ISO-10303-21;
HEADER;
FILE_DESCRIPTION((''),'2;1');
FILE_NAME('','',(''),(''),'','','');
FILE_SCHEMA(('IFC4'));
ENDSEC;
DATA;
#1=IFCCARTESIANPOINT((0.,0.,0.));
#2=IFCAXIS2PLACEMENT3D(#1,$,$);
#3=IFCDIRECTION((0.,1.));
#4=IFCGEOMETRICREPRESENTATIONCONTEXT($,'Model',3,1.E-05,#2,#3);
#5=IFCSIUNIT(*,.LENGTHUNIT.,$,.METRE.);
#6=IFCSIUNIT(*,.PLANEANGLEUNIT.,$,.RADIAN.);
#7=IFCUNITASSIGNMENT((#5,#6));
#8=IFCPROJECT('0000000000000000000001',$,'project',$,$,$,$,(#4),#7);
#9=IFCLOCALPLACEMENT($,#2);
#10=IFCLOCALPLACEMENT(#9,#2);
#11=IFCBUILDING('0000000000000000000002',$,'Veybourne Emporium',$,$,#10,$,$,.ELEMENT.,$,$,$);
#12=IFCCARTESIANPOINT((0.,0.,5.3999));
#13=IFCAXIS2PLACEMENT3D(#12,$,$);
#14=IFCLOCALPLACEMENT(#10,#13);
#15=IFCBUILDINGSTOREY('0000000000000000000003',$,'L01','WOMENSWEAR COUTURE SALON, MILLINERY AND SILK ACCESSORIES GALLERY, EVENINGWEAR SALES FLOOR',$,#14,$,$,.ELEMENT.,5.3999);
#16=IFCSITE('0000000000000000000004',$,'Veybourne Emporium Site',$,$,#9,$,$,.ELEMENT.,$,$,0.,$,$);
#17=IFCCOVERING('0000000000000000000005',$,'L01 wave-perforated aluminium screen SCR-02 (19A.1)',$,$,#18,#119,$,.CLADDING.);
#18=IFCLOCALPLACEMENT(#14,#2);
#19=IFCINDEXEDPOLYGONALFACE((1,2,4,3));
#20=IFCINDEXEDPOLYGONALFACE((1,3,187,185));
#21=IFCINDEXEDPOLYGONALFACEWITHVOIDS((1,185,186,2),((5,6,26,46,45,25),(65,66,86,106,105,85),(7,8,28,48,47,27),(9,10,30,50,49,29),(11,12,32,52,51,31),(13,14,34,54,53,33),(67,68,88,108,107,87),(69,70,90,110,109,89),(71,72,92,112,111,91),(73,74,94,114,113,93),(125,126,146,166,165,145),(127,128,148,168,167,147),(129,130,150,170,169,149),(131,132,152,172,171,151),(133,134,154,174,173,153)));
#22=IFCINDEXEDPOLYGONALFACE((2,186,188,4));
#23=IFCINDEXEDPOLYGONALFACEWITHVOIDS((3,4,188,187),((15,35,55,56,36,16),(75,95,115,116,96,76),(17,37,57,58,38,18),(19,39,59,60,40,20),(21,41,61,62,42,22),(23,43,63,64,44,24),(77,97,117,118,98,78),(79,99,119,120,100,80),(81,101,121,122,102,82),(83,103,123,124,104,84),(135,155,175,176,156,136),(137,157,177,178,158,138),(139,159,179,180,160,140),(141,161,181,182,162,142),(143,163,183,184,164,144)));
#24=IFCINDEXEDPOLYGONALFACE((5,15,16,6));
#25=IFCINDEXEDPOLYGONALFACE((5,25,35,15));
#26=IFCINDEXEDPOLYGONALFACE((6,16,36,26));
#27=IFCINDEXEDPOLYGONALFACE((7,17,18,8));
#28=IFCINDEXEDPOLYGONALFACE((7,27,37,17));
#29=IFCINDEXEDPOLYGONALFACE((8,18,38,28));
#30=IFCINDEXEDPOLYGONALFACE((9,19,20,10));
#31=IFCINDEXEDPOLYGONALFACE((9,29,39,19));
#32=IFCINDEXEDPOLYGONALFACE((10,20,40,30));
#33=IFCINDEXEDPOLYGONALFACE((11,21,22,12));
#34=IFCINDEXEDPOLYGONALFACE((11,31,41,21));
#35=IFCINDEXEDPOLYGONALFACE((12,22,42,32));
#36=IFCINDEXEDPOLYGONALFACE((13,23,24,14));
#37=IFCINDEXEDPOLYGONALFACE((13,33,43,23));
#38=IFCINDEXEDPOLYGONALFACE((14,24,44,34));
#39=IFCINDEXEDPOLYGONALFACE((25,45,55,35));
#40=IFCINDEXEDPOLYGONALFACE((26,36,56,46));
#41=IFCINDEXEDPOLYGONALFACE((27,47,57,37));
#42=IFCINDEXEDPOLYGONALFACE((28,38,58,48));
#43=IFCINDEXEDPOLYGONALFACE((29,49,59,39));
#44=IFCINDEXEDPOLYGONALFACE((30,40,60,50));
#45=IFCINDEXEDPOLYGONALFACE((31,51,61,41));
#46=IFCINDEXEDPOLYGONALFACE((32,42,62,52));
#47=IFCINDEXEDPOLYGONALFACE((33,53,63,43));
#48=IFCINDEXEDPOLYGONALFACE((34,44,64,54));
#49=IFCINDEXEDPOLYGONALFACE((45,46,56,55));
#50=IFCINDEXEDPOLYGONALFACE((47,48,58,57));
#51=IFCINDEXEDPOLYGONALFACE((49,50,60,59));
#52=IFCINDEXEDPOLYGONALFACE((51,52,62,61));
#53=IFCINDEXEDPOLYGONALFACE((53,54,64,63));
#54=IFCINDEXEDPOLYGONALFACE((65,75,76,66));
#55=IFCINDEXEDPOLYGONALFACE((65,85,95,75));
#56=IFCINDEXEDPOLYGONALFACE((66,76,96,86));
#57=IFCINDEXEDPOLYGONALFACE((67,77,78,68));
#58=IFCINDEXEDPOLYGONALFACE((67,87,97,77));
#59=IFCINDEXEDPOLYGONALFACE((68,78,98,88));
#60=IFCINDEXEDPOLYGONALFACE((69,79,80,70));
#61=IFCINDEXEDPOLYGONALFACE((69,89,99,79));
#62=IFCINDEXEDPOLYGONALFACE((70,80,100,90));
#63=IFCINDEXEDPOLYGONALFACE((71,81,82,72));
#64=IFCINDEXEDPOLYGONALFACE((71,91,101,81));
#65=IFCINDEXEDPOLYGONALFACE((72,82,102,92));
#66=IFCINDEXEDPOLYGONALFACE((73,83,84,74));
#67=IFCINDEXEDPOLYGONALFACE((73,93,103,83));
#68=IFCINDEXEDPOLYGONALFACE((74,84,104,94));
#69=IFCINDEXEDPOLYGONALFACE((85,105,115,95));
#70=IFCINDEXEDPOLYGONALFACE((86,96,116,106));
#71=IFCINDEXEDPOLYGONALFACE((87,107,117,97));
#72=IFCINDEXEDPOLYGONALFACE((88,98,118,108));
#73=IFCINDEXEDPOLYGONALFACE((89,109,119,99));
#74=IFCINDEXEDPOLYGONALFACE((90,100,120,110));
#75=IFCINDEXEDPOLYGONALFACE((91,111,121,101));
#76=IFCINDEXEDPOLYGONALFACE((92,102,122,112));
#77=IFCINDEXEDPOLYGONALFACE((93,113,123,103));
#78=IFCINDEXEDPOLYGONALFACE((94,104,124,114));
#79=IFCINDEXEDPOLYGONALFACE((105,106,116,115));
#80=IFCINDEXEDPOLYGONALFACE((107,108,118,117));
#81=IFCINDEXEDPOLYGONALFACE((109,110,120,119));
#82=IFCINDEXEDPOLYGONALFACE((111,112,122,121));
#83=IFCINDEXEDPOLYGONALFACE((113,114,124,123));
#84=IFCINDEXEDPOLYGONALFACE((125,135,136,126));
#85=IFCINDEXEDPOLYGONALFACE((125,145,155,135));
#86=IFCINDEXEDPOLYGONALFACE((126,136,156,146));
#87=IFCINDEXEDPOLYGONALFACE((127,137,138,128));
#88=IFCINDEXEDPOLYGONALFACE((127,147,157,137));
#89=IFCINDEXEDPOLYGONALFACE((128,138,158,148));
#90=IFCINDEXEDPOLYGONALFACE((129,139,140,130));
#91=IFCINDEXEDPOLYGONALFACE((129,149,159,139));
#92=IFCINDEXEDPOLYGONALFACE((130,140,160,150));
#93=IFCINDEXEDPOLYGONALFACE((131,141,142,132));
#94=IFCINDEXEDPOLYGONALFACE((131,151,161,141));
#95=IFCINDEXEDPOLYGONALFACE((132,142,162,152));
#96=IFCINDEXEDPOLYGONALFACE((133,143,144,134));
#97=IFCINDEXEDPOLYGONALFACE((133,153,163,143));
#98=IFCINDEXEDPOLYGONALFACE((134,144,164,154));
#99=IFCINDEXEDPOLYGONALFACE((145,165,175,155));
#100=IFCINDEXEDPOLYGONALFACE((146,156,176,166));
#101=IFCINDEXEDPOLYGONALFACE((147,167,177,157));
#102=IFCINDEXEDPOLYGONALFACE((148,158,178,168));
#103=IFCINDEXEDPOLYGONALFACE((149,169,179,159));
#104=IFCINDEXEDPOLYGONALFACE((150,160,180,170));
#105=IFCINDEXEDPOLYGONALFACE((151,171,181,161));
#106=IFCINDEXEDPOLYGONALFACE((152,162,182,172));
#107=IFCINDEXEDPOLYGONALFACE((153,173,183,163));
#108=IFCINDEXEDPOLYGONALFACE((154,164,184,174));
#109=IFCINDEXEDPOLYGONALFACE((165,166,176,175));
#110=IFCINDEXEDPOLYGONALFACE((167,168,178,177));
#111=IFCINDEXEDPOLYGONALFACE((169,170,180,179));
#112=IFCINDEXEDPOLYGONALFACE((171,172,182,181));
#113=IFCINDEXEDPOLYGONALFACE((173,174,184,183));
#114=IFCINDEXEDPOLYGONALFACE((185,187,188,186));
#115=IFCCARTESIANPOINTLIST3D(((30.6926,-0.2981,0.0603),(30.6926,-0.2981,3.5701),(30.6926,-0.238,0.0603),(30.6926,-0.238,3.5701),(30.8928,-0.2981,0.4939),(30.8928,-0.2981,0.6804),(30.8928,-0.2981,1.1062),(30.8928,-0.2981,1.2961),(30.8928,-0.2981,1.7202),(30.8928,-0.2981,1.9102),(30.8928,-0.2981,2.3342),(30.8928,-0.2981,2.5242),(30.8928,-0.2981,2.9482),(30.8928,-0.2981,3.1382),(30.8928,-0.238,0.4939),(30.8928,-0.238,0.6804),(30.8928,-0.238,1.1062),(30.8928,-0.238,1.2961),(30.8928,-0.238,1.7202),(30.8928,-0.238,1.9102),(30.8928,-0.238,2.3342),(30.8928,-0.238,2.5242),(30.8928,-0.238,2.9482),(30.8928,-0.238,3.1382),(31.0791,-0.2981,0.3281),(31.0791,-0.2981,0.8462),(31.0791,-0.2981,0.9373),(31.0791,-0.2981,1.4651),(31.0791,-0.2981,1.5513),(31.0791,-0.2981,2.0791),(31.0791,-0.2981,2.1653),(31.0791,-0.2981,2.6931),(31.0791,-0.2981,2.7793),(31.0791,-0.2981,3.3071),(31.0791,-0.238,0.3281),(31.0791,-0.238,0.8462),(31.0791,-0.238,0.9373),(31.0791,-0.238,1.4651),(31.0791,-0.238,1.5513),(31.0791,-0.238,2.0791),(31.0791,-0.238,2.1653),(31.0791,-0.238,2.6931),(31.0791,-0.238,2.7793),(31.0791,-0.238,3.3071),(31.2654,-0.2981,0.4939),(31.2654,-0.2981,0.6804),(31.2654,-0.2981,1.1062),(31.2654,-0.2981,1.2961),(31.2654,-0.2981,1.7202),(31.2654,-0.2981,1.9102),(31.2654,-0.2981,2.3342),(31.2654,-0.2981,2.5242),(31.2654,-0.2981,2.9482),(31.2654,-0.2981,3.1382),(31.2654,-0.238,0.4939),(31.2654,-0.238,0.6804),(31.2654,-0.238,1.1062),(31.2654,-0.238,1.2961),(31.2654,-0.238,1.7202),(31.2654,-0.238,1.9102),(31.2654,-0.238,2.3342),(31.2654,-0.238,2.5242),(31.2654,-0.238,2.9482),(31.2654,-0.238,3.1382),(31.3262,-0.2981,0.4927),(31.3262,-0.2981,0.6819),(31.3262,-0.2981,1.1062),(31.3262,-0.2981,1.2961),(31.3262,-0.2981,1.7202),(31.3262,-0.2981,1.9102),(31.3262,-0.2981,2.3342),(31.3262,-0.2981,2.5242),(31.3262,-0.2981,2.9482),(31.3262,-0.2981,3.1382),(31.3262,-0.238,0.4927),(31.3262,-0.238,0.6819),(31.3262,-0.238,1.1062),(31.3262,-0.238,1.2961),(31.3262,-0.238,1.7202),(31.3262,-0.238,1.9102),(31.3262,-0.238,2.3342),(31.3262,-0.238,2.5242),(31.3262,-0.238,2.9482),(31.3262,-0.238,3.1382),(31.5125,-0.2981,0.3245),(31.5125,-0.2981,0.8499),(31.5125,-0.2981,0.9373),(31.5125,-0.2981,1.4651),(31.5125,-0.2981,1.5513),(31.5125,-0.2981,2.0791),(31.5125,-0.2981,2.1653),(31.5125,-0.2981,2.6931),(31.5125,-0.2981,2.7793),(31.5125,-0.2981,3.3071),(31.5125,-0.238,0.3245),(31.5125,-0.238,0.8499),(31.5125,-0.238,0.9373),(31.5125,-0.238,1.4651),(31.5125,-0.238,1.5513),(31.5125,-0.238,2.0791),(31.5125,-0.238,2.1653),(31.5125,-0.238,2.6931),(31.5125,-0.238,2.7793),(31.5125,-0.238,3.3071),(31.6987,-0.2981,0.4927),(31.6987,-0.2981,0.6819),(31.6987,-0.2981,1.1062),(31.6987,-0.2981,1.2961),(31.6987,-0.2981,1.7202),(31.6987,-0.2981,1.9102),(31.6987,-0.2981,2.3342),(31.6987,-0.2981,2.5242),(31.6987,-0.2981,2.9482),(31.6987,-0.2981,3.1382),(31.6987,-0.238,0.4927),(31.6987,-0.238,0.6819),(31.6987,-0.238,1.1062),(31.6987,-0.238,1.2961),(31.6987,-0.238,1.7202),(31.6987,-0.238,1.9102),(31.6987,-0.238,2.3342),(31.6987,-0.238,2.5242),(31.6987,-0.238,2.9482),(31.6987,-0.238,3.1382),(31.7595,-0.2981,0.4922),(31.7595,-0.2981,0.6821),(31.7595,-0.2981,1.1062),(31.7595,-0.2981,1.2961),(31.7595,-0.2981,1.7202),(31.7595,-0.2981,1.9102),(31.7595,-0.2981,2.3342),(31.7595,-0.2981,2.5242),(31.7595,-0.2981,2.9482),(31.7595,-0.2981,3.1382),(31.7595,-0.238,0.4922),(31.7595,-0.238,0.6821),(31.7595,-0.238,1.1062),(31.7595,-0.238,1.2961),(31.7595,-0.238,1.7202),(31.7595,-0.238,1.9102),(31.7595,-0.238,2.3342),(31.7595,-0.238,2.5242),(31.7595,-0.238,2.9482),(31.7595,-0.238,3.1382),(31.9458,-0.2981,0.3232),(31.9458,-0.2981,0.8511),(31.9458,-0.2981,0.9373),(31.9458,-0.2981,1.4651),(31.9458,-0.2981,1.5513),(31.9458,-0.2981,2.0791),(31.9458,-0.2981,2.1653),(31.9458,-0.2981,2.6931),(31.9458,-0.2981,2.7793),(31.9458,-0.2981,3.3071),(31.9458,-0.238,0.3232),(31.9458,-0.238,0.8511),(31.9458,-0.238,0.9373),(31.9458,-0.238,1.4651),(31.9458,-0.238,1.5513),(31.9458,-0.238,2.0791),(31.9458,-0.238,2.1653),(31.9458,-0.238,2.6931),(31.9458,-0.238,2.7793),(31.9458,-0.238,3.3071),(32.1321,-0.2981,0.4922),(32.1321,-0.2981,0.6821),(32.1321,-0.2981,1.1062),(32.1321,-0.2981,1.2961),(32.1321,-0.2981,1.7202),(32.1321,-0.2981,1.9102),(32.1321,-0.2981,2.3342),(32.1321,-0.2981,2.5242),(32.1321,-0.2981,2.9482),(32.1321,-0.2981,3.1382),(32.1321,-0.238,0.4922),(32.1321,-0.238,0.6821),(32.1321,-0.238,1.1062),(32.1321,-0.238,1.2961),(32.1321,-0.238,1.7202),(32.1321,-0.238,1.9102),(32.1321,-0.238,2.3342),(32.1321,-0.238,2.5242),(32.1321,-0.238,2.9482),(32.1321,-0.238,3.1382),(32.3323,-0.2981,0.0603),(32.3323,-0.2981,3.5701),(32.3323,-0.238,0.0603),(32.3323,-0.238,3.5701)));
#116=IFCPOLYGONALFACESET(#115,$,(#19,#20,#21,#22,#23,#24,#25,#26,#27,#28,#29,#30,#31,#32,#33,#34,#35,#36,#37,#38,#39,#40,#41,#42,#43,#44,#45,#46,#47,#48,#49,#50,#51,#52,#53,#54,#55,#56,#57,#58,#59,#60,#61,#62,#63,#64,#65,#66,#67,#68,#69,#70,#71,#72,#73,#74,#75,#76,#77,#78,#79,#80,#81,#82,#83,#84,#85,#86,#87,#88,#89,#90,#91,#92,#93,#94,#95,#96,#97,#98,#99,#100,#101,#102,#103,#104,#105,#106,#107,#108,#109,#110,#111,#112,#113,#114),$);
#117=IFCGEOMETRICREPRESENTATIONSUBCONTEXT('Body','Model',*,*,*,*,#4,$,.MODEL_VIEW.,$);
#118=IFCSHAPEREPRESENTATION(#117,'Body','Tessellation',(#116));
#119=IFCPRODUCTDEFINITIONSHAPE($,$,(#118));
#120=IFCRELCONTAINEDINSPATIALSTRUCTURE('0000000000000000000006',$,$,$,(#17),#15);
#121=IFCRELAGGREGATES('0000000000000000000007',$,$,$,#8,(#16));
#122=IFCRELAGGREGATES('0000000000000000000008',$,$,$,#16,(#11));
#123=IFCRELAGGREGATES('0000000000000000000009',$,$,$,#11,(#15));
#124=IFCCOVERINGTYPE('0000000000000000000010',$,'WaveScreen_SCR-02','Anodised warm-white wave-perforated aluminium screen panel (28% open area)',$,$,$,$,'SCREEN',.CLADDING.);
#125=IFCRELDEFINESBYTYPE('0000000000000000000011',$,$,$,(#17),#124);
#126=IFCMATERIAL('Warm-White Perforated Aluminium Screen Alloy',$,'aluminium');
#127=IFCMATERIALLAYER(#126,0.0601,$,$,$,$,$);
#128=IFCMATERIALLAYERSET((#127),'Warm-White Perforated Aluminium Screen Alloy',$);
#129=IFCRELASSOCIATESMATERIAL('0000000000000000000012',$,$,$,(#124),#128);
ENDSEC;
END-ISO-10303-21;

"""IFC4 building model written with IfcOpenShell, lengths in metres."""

from ifc_helpers import new_model, si_unit, direction, frame, origin, place, context, subcontext, project, spatial, polyline, outline, extrude, material, layer, layer_set, type_object, element, save


model = new_model("IFC4")

# Units and contexts
model_context = context("Model", 3, precision=1e-05, world=origin(), true_north=direction((0.0, 1.0)))
body_context = subcontext(model_context, "Body", "Model", "MODEL_VIEW")
ifc_project = project(units=[si_unit("LENGTHUNIT", "METRE"), si_unit("PLANEANGLEUNIT", "RADIAN")], contexts=[model_context])

# Site, building, storey
site_placement = place(None, origin())
site = spatial("IfcSite", under=ifc_project, at=site_placement, Name="Veybourne Emporium Site", CompositionType="ELEMENT", RefElevation=0.0)
building_placement = place(site_placement, origin())
building = spatial("IfcBuilding", under=site, at=building_placement, Name="Veybourne Emporium", CompositionType="ELEMENT")
storey_placement = place(building_placement, frame((0.0, 0.0, 5.3999)))
storey = spatial("IfcBuildingStorey", under=building, at=storey_placement, Name="L01", Description="WOMENSWEAR COUTURE SALON, MILLINERY AND SILK ACCESSORIES GALLERY, EVENINGWEAR SALES FLOOR", CompositionType="ELEMENT", Elevation=5.3999)

# Covering
ifc_material_1 = material(Name="Warm-White Perforated Aluminium Screen Alloy", Category="aluminium")
ifc_layer_1 = layer(ifc_material_1, 0.0601)
ifc_layer_set_1 = layer_set([ifc_layer_1], Name="Warm-White Perforated Aluminium Screen Alloy")
covering_type_1 = type_object("IfcCoveringType", Name="WaveScreen_SCR-02", Description="Anodised warm-white wave-perforated aluminium screen panel (28% open area)", ElementType="SCREEN", PredefinedType="CLADDING", material=ifc_layer_set_1)
covering_1_placement = place(storey_placement, frame((31.5125, -0.2981, 1.8152), z_axis=(0.0, 1.0, 0.0), x_axis=(-1.0, 0.0, 0.0)))
element("IfcCovering", 1, at=covering_1_placement, inside=storey, type_object=covering_type_1, Name="L01 wave-perforated aluminium screen SCR-02 (19A.1)", PredefinedType="CLADDING", context=body_context, shape_type="SweptSolid", body=[
    extrude(outline(polyline([(-0.8198, -1.7549), (0.8198, -1.7549), (0.8198, 1.7549), (-0.8198, 1.7549), (-0.8198, -1.7549)]), holes=[polyline([(-0.4333, -0.9641), (-0.2471, -1.1331), (-0.2471, -1.323), (-0.4333, -1.4919), (-0.6196, -1.323), (-0.6196, -1.1331), (-0.4333, -0.9641)]), polyline([(-0.4333, -0.3501), (-0.2471, -0.519), (-0.2471, -0.709), (-0.4333, -0.8779), (-0.6196, -0.709), (-0.6196, -0.519), (-0.4333, -0.3501)]), polyline([(-0.4333, 0.2639), (-0.2471, 0.095), (-0.2471, -0.095), (-0.4333, -0.2639), (-0.6196, -0.095), (-0.6196, 0.095), (-0.4333, 0.2639)]), polyline([(-0.4333, 0.8779), (-0.2471, 0.709), (-0.2471, 0.519), (-0.4333, 0.3501), (-0.6196, 0.519), (-0.6196, 0.709), (-0.4333, 0.8779)]), polyline([(-0.4333, 1.4919), (-0.2471, 1.323), (-0.2471, 1.1331), (-0.4333, 0.9641), (-0.6196, 1.1331), (-0.6196, 1.323), (-0.4333, 1.4919)]), polyline([(0.0, -0.9653), (0.1863, -1.1333), (0.1863, -1.3225), (0.0, -1.4907), (-0.1863, -1.3225), (-0.1863, -1.1333), (0.0, -0.9653)]), polyline([(0.0, -0.3501), (0.1863, -0.519), (0.1863, -0.709), (0.0, -0.8779), (-0.1863, -0.709), (-0.1863, -0.519), (0.0, -0.3501)]), polyline([(0.0, 0.2639), (0.1863, 0.095), (0.1863, -0.095), (0.0, -0.2639), (-0.1863, -0.095), (-0.1863, 0.095), (0.0, 0.2639)]), polyline([(0.0, 0.8779), (0.1863, 0.709), (0.1863, 0.519), (0.0, 0.3501), (-0.1863, 0.519), (-0.1863, 0.709), (0.0, 0.8779)]), polyline([(0.0, 1.4919), (0.1863, 1.323), (0.1863, 1.1331), (0.0, 0.9641), (-0.1863, 1.1331), (-0.1863, 1.323), (0.0, 1.4919)]), polyline([(0.4333, -0.969), (0.6196, -1.1348), (0.6196, -1.3213), (0.4333, -1.4871), (0.2471, -1.3213), (0.2471, -1.1348), (0.4333, -0.969)]), polyline([(0.4333, -0.3501), (0.6196, -0.519), (0.6196, -0.709), (0.4333, -0.8779), (0.2471, -0.709), (0.2471, -0.519), (0.4333, -0.3501)]), polyline([(0.4333, 0.2639), (0.6196, 0.095), (0.6196, -0.095), (0.4333, -0.2639), (0.2471, -0.095), (0.2471, 0.095), (0.4333, 0.2639)]), polyline([(0.4333, 0.8779), (0.6196, 0.709), (0.6196, 0.519), (0.4333, 0.3501), (0.2471, 0.519), (0.2471, 0.709), (0.4333, 0.8779)]), polyline([(0.4333, 1.4919), (0.6196, 1.323), (0.6196, 1.1331), (0.4333, 0.9641), (0.2471, 1.1331), (0.2471, 1.323), (0.4333, 1.4919)])]), origin(), (0.0, 0.0, 1.0), 0.0601),
])

save(model, "model.ifc")
